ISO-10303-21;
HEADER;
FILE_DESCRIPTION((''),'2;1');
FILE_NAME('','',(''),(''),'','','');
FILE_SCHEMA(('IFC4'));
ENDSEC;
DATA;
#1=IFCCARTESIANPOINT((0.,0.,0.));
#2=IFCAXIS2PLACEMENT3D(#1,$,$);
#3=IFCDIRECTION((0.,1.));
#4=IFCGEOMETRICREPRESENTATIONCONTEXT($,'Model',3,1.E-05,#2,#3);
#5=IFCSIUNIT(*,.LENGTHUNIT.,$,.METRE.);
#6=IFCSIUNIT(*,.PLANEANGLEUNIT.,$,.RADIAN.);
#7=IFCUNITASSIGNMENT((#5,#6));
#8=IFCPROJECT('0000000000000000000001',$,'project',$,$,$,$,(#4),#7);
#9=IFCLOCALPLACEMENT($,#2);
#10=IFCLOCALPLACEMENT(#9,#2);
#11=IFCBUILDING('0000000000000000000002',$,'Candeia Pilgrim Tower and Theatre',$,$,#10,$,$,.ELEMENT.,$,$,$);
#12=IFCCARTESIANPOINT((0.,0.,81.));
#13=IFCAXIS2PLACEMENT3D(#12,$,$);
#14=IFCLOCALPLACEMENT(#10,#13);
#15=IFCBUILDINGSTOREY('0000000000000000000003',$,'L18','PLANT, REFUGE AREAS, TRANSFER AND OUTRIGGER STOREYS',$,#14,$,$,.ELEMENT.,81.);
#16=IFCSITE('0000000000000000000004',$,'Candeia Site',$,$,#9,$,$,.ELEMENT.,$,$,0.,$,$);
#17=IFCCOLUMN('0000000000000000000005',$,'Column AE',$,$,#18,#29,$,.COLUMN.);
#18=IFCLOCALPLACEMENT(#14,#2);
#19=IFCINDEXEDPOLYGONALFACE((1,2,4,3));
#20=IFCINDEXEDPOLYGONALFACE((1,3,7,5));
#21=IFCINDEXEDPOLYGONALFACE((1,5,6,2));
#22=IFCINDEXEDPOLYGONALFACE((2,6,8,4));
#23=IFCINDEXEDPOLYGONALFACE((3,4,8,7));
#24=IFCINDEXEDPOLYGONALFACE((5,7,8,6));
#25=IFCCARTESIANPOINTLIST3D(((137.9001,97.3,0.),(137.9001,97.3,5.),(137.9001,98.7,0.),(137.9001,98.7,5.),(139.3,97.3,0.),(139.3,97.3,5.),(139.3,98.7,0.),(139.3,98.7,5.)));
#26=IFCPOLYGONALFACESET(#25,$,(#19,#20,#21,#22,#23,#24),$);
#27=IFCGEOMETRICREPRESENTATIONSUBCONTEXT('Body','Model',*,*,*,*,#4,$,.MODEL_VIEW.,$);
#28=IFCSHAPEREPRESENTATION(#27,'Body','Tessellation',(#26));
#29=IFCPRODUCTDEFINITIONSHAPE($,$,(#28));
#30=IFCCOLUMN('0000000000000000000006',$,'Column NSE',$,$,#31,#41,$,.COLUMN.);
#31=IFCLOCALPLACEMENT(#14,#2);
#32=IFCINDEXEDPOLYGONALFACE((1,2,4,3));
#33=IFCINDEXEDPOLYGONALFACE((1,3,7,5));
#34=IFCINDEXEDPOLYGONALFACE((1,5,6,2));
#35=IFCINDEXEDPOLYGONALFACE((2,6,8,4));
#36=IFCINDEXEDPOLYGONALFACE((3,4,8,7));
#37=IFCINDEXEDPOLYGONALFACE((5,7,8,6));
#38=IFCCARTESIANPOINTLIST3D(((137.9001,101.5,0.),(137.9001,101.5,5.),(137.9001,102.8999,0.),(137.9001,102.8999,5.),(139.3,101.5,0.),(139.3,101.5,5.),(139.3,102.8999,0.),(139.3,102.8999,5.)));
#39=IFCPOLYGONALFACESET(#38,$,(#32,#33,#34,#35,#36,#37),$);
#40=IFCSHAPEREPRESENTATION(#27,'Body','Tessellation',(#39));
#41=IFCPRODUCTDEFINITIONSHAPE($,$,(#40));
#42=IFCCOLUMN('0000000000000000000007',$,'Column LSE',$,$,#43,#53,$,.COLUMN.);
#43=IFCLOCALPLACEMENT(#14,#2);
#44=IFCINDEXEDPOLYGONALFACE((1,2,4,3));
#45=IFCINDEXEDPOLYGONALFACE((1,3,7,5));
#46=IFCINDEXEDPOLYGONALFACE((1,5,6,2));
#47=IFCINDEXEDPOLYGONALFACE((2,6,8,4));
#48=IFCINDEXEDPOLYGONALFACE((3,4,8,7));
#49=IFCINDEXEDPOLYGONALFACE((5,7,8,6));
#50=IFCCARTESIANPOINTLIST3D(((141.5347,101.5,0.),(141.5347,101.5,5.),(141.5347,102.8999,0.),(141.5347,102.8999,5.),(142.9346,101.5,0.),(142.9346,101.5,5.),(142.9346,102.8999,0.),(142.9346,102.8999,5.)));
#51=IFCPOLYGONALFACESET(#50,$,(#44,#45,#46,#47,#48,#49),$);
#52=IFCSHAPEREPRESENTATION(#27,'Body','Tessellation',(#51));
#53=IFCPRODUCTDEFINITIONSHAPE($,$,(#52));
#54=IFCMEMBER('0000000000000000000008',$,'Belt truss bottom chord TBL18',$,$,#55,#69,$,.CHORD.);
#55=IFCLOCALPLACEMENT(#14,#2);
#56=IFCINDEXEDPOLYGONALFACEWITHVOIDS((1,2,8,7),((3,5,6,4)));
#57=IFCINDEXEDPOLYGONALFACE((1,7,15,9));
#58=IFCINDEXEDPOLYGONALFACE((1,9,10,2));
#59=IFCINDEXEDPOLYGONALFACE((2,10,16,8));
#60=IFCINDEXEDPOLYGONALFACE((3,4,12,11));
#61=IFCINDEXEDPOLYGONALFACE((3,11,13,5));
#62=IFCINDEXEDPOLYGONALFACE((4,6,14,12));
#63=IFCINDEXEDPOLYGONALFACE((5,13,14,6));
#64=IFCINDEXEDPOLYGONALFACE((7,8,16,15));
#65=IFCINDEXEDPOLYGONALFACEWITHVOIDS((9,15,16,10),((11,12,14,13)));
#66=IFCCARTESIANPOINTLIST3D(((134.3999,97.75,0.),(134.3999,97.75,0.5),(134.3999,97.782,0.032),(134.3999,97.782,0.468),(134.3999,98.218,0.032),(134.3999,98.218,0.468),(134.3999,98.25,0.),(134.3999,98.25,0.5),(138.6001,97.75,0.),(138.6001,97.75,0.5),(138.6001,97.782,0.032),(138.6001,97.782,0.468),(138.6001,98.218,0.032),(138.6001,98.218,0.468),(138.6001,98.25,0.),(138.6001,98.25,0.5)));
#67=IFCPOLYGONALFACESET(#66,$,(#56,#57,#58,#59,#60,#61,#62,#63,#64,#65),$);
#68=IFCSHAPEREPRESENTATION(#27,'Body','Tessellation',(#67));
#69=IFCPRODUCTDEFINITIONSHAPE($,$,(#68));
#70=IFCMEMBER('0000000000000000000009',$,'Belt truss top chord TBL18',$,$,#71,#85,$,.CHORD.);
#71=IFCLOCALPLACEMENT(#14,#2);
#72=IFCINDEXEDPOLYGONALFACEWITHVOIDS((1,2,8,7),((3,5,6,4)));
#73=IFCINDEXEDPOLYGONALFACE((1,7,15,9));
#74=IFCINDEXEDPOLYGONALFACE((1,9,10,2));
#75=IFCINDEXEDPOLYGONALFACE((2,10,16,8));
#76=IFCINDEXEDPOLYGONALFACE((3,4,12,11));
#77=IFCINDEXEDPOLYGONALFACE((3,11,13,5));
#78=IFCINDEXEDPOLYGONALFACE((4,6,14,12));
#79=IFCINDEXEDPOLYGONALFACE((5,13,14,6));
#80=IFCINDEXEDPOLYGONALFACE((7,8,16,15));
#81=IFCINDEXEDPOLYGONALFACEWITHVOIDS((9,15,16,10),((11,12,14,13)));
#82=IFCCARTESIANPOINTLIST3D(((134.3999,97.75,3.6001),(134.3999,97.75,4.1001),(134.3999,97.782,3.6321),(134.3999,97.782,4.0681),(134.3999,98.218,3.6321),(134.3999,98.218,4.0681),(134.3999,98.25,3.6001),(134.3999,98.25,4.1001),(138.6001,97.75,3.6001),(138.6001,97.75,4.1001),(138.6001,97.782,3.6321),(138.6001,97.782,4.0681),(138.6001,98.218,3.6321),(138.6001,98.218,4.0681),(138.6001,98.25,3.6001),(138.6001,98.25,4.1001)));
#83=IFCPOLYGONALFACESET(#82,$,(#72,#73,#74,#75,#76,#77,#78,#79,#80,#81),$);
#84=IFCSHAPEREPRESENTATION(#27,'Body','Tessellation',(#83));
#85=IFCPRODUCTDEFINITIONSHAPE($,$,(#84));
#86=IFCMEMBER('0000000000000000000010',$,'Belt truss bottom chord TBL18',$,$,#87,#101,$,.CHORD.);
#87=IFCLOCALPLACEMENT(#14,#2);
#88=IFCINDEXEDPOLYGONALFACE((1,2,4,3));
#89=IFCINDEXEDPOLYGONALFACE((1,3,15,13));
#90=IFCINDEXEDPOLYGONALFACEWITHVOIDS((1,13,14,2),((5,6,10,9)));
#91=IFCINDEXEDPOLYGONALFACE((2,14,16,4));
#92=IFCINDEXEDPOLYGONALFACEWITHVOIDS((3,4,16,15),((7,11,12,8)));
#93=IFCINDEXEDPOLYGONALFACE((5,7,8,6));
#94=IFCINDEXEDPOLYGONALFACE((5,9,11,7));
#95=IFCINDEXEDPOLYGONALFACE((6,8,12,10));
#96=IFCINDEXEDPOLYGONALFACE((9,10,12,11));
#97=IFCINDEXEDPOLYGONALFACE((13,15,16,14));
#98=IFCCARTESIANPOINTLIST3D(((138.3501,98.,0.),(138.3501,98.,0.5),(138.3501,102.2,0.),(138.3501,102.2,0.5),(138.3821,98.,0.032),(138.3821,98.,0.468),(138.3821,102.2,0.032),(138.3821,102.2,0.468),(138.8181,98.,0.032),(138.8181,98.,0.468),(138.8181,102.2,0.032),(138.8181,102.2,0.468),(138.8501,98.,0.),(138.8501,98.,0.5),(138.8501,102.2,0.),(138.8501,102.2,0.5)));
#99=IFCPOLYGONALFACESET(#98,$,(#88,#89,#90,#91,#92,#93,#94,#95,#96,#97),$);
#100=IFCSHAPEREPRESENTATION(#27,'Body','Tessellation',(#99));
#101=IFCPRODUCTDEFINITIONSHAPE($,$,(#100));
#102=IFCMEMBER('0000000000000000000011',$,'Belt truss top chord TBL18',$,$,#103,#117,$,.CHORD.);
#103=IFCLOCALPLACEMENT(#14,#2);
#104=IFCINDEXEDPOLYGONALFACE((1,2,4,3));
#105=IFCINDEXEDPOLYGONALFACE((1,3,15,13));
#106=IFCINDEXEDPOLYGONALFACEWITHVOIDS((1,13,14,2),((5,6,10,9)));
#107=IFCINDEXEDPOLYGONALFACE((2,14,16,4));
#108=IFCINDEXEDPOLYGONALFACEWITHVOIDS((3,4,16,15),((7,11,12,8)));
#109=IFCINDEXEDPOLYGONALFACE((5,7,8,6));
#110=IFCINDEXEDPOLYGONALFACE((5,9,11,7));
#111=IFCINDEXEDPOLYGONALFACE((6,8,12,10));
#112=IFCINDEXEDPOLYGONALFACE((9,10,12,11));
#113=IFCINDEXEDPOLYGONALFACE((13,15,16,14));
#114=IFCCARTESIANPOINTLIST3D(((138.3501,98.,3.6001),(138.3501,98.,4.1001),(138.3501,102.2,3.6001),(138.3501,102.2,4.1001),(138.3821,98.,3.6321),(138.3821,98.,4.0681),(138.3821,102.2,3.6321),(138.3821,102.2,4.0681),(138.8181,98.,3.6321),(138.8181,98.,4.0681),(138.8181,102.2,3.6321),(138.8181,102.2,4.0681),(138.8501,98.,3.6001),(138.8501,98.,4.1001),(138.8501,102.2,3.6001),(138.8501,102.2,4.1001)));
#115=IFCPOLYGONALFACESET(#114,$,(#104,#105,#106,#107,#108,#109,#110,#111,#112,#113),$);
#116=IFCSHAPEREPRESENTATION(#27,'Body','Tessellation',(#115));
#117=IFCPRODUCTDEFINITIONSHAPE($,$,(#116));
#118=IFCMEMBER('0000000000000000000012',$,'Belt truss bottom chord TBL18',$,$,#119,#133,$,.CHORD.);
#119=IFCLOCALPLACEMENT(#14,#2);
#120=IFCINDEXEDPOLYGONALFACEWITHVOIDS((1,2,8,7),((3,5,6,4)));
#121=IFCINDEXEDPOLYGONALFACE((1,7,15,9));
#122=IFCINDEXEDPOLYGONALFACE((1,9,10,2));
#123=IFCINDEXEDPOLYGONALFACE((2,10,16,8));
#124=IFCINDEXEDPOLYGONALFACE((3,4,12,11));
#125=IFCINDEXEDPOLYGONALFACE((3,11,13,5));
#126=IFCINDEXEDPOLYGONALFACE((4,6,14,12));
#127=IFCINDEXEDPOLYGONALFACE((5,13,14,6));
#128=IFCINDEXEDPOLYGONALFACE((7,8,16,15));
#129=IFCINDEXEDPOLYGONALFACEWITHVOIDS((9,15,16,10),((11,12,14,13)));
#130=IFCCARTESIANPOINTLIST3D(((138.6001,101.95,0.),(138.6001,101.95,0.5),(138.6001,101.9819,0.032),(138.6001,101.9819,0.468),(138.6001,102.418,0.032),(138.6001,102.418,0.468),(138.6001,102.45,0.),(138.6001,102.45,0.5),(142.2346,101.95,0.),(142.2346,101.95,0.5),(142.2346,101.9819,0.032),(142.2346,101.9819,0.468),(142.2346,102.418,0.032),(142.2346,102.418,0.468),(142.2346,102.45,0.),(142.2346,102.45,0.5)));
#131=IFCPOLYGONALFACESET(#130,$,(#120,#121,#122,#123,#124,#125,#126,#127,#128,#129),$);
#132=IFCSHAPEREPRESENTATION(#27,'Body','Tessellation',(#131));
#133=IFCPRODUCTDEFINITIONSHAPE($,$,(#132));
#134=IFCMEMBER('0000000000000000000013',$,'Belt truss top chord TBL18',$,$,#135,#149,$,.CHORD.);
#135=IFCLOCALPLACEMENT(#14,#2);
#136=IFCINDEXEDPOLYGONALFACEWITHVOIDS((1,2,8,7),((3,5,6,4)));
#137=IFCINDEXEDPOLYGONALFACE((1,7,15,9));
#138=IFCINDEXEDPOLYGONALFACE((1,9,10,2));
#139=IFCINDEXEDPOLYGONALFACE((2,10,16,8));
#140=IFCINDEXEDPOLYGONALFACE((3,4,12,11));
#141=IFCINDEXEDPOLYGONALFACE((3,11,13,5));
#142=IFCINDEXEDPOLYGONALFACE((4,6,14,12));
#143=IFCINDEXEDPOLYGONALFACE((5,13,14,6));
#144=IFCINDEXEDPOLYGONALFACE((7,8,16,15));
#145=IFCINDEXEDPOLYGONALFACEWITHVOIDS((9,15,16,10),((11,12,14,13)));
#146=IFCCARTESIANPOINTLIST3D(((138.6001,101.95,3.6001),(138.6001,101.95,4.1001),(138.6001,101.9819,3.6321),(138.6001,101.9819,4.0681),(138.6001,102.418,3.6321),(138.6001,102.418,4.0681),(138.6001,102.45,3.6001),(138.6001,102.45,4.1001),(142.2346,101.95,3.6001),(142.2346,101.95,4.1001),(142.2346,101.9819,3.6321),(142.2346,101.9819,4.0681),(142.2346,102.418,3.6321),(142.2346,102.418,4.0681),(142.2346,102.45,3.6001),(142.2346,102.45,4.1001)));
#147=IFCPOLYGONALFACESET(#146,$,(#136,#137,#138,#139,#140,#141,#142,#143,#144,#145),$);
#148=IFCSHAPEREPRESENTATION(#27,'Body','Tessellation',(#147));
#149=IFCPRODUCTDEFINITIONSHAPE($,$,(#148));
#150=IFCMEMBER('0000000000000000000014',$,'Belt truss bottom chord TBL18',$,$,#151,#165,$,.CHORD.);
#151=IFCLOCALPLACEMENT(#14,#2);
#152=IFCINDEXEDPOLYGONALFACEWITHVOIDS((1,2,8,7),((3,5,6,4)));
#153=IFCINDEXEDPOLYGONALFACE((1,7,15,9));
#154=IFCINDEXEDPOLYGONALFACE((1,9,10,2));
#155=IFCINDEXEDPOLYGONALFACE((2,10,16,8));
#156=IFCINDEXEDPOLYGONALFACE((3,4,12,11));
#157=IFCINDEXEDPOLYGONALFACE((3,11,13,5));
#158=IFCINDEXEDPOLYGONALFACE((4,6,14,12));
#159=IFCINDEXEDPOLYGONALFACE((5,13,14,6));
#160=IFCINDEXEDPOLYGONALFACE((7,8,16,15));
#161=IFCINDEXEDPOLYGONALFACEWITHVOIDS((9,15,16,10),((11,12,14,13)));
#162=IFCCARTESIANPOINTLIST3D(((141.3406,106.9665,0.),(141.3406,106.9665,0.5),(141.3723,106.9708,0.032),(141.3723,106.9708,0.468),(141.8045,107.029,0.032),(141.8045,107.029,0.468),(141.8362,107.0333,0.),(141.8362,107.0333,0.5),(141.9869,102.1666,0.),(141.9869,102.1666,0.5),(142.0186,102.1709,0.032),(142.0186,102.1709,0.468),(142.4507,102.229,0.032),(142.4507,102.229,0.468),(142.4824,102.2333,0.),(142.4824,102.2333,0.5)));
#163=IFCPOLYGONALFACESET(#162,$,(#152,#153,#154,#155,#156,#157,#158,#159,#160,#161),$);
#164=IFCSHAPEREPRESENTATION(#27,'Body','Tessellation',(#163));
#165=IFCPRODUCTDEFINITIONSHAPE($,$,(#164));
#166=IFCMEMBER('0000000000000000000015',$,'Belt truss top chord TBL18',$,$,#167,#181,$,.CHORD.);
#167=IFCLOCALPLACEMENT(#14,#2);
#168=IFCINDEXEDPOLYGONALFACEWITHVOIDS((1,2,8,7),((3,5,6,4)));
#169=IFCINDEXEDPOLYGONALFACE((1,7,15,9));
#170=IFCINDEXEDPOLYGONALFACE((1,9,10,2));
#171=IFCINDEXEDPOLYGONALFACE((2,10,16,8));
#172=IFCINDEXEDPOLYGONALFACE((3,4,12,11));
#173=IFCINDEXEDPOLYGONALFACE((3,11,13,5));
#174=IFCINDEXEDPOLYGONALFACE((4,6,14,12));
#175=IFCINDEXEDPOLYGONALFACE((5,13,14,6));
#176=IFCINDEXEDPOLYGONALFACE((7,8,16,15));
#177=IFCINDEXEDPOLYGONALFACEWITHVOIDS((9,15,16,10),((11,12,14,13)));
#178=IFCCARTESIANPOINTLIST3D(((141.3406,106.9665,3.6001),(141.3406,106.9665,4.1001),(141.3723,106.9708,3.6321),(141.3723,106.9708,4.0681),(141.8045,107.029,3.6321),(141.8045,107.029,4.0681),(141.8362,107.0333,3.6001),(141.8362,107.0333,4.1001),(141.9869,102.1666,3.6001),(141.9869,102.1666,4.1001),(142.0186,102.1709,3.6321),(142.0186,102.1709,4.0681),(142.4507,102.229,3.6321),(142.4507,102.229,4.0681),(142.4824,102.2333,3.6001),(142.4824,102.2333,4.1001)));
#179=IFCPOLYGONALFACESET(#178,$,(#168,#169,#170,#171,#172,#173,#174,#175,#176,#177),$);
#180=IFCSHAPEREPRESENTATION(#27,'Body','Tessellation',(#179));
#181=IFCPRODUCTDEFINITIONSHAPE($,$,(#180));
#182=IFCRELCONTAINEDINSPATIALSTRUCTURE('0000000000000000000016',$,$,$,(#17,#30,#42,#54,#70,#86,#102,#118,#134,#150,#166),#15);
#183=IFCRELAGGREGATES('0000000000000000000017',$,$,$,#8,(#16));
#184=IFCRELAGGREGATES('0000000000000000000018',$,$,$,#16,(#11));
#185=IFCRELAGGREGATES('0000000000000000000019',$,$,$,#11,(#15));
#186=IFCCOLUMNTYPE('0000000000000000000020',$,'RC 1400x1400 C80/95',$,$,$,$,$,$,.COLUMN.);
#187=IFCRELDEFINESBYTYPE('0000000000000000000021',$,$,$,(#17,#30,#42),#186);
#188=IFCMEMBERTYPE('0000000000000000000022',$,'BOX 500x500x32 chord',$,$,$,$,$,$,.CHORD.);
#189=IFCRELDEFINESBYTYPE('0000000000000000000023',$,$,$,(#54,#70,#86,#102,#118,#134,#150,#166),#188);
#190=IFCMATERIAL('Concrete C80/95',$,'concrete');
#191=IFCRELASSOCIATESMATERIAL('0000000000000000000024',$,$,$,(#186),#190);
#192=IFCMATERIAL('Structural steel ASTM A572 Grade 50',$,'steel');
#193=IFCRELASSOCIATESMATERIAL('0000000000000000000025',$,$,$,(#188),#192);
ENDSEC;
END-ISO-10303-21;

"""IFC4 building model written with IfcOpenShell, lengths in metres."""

from ifc_helpers import new_model, si_unit, direction, frame, origin, origin_2d, place, context, subcontext, project, spatial, rectangle, hollow_rectangle, extrude, material, material_profile, profile_set, type_object, element, save


model = new_model("IFC4")

# Units and contexts
model_context = context("Model", 3, precision=1e-05, world=origin(), true_north=direction((0.0, 1.0)))
body_context = subcontext(model_context, "Body", "Model", "MODEL_VIEW")
ifc_project = project(units=[si_unit("LENGTHUNIT", "METRE"), si_unit("PLANEANGLEUNIT", "RADIAN")], contexts=[model_context])

# Site, building, storey
site_placement = place(None, origin())
site = spatial("IfcSite", under=ifc_project, at=site_placement, Name="Candeia Site", CompositionType="ELEMENT", RefElevation=0.0)
building_placement = place(site_placement, origin())
building = spatial("IfcBuilding", under=site, at=building_placement, Name="Candeia Pilgrim Tower and Theatre", CompositionType="ELEMENT")
storey_placement = place(building_placement, frame((0.0, 0.0, 81.0)))
storey = spatial("IfcBuildingStorey", under=building, at=storey_placement, Name="L18", Description="PLANT, REFUGE AREAS, TRANSFER AND OUTRIGGER STOREYS", CompositionType="ELEMENT", Elevation=81.0)

# Columns
ifc_material_1 = material(Name="Concrete C80/95", Category="concrete")
ifc_material_profile_1 = material_profile(ifc_material_1, rectangle(XDim=1.3999, YDim=1.3999, at=origin_2d()))
ifc_profile_set_1 = profile_set([ifc_material_profile_1], Name="Concrete C80/95")
column_type = type_object("IfcColumnType", Name="RC 1400x1400 C80/95", PredefinedType="COLUMN", material=ifc_profile_set_1)
for number, where, z_axis, x_axis, name in (
    (1, (138.6001, 98.0, 0.0), (0.0, 0.0, 1.0), (1.0, 0.0, 0.0), "Column AE"),
    (2, (138.6001, 102.2, 0.0), (0.0, 0.0, 1.0), (1.0, 0.0, 0.0), "Column NSE"),
    (3, (142.2346, 102.2, 0.0), (0.0, 0.0, 1.0), (1.0, 0.0, 0.0), "Column LSE"),
):
    element("IfcColumn", number, at=place(storey_placement, frame(where, z_axis=z_axis, x_axis=x_axis)), inside=storey, type_object=column_type, Name=name, PredefinedType="COLUMN", context=body_context, shape_type="SweptSolid", body=[
        extrude(rectangle(XDim=1.3999, YDim=1.3999, at=origin_2d()), origin(), (0.0, 0.0, 1.0), 5.0),
    ])

# Members
ifc_material_2 = material(Name="Structural steel ASTM A572 Grade 50", Category="steel")
ifc_material_profile_2 = material_profile(ifc_material_2, hollow_rectangle(XDim=0.5, YDim=0.5, WallThickness=0.032, at=origin_2d()))
ifc_profile_set_2 = profile_set([ifc_material_profile_2], Name="Structural steel ASTM A572 Grade 50")
member_type_1 = type_object("IfcMemberType", Name="BOX 500x500x32 chord", PredefinedType="CHORD", material=ifc_profile_set_2)
for number, where, z_axis, x_axis, name in (
    (4, (134.3999, 98.0, 0.25), (1.0, 0.0, 0.0), (0.0, 1.0, 0.0), "Belt truss bottom chord TBL18"),
    (5, (134.3999, 98.0, 3.8501), (1.0, 0.0, 0.0), (0.0, 1.0, 0.0), "Belt truss top chord TBL18"),
):
    element("IfcMember", number, at=place(storey_placement, frame(where, z_axis=z_axis, x_axis=x_axis)), inside=storey, type_object=member_type_1, Name=name, PredefinedType="CHORD", context=body_context, shape_type="SweptSolid", body=[
        extrude(hollow_rectangle(XDim=0.5, YDim=0.5, WallThickness=0.032, at=origin_2d()), origin(), (0.0, 0.0, 1.0), 4.2002),
    ])
for number, where, z_axis, x_axis, name in (
    (6, (138.6001, 98.0, 0.25), (0.0, 1.0, 0.0), (-1.0, 0.0, 0.0), "Belt truss bottom chord TBL18"),
    (7, (138.6001, 98.0, 3.8501), (0.0, 1.0, 0.0), (-1.0, 0.0, 0.0), "Belt truss top chord TBL18"),
):
    element("IfcMember", number, at=place(storey_placement, frame(where, z_axis=z_axis, x_axis=x_axis)), inside=storey, type_object=member_type_1, Name=name, PredefinedType="CHORD", context=body_context, shape_type="SweptSolid", body=[
        extrude(hollow_rectangle(XDim=0.5, YDim=0.5, WallThickness=0.032, at=origin_2d()), origin(), (0.0, 0.0, 1.0), 4.2),
    ])
for number, where, z_axis, x_axis, name in (
    (8, (138.6001, 102.2, 0.25), (1.0, 0.0, 0.0), (0.0, 1.0, 0.0), "Belt truss bottom chord TBL18"),
    (9, (138.6001, 102.2, 3.8501), (1.0, 0.0, 0.0), (0.0, 1.0, 0.0), "Belt truss top chord TBL18"),
):
    element("IfcMember", number, at=place(storey_placement, frame(where, z_axis=z_axis, x_axis=x_axis)), inside=storey, type_object=member_type_1, Name=name, PredefinedType="CHORD", context=body_context, shape_type="SweptSolid", body=[
        extrude(hollow_rectangle(XDim=0.5, YDim=0.5, WallThickness=0.032, at=origin_2d()), origin(), (0.0, 0.0, 1.0), 3.6345),
    ])
for number, where, z_axis, x_axis, name in (
    (10, (142.2346, 102.2, 0.25), (-0.133428, 0.991058, 0.0), (-0.991058, -0.133428, 0.0), "Belt truss bottom chord TBL18"),
    (11, (142.2346, 102.2, 3.8501), (-0.133428, 0.991058, 0.0), (-0.991058, -0.133428, 0.0), "Belt truss top chord TBL18"),
):
    element("IfcMember", number, at=place(storey_placement, frame(where, z_axis=z_axis, x_axis=x_axis)), inside=storey, type_object=member_type_1, Name=name, PredefinedType="CHORD", context=body_context, shape_type="SweptSolid", body=[
        extrude(hollow_rectangle(XDim=0.5, YDim=0.5, WallThickness=0.032, at=origin_2d()), origin(), (0.0, 0.0, 1.0), 4.8433),
    ])

save(model, "model.ifc")
